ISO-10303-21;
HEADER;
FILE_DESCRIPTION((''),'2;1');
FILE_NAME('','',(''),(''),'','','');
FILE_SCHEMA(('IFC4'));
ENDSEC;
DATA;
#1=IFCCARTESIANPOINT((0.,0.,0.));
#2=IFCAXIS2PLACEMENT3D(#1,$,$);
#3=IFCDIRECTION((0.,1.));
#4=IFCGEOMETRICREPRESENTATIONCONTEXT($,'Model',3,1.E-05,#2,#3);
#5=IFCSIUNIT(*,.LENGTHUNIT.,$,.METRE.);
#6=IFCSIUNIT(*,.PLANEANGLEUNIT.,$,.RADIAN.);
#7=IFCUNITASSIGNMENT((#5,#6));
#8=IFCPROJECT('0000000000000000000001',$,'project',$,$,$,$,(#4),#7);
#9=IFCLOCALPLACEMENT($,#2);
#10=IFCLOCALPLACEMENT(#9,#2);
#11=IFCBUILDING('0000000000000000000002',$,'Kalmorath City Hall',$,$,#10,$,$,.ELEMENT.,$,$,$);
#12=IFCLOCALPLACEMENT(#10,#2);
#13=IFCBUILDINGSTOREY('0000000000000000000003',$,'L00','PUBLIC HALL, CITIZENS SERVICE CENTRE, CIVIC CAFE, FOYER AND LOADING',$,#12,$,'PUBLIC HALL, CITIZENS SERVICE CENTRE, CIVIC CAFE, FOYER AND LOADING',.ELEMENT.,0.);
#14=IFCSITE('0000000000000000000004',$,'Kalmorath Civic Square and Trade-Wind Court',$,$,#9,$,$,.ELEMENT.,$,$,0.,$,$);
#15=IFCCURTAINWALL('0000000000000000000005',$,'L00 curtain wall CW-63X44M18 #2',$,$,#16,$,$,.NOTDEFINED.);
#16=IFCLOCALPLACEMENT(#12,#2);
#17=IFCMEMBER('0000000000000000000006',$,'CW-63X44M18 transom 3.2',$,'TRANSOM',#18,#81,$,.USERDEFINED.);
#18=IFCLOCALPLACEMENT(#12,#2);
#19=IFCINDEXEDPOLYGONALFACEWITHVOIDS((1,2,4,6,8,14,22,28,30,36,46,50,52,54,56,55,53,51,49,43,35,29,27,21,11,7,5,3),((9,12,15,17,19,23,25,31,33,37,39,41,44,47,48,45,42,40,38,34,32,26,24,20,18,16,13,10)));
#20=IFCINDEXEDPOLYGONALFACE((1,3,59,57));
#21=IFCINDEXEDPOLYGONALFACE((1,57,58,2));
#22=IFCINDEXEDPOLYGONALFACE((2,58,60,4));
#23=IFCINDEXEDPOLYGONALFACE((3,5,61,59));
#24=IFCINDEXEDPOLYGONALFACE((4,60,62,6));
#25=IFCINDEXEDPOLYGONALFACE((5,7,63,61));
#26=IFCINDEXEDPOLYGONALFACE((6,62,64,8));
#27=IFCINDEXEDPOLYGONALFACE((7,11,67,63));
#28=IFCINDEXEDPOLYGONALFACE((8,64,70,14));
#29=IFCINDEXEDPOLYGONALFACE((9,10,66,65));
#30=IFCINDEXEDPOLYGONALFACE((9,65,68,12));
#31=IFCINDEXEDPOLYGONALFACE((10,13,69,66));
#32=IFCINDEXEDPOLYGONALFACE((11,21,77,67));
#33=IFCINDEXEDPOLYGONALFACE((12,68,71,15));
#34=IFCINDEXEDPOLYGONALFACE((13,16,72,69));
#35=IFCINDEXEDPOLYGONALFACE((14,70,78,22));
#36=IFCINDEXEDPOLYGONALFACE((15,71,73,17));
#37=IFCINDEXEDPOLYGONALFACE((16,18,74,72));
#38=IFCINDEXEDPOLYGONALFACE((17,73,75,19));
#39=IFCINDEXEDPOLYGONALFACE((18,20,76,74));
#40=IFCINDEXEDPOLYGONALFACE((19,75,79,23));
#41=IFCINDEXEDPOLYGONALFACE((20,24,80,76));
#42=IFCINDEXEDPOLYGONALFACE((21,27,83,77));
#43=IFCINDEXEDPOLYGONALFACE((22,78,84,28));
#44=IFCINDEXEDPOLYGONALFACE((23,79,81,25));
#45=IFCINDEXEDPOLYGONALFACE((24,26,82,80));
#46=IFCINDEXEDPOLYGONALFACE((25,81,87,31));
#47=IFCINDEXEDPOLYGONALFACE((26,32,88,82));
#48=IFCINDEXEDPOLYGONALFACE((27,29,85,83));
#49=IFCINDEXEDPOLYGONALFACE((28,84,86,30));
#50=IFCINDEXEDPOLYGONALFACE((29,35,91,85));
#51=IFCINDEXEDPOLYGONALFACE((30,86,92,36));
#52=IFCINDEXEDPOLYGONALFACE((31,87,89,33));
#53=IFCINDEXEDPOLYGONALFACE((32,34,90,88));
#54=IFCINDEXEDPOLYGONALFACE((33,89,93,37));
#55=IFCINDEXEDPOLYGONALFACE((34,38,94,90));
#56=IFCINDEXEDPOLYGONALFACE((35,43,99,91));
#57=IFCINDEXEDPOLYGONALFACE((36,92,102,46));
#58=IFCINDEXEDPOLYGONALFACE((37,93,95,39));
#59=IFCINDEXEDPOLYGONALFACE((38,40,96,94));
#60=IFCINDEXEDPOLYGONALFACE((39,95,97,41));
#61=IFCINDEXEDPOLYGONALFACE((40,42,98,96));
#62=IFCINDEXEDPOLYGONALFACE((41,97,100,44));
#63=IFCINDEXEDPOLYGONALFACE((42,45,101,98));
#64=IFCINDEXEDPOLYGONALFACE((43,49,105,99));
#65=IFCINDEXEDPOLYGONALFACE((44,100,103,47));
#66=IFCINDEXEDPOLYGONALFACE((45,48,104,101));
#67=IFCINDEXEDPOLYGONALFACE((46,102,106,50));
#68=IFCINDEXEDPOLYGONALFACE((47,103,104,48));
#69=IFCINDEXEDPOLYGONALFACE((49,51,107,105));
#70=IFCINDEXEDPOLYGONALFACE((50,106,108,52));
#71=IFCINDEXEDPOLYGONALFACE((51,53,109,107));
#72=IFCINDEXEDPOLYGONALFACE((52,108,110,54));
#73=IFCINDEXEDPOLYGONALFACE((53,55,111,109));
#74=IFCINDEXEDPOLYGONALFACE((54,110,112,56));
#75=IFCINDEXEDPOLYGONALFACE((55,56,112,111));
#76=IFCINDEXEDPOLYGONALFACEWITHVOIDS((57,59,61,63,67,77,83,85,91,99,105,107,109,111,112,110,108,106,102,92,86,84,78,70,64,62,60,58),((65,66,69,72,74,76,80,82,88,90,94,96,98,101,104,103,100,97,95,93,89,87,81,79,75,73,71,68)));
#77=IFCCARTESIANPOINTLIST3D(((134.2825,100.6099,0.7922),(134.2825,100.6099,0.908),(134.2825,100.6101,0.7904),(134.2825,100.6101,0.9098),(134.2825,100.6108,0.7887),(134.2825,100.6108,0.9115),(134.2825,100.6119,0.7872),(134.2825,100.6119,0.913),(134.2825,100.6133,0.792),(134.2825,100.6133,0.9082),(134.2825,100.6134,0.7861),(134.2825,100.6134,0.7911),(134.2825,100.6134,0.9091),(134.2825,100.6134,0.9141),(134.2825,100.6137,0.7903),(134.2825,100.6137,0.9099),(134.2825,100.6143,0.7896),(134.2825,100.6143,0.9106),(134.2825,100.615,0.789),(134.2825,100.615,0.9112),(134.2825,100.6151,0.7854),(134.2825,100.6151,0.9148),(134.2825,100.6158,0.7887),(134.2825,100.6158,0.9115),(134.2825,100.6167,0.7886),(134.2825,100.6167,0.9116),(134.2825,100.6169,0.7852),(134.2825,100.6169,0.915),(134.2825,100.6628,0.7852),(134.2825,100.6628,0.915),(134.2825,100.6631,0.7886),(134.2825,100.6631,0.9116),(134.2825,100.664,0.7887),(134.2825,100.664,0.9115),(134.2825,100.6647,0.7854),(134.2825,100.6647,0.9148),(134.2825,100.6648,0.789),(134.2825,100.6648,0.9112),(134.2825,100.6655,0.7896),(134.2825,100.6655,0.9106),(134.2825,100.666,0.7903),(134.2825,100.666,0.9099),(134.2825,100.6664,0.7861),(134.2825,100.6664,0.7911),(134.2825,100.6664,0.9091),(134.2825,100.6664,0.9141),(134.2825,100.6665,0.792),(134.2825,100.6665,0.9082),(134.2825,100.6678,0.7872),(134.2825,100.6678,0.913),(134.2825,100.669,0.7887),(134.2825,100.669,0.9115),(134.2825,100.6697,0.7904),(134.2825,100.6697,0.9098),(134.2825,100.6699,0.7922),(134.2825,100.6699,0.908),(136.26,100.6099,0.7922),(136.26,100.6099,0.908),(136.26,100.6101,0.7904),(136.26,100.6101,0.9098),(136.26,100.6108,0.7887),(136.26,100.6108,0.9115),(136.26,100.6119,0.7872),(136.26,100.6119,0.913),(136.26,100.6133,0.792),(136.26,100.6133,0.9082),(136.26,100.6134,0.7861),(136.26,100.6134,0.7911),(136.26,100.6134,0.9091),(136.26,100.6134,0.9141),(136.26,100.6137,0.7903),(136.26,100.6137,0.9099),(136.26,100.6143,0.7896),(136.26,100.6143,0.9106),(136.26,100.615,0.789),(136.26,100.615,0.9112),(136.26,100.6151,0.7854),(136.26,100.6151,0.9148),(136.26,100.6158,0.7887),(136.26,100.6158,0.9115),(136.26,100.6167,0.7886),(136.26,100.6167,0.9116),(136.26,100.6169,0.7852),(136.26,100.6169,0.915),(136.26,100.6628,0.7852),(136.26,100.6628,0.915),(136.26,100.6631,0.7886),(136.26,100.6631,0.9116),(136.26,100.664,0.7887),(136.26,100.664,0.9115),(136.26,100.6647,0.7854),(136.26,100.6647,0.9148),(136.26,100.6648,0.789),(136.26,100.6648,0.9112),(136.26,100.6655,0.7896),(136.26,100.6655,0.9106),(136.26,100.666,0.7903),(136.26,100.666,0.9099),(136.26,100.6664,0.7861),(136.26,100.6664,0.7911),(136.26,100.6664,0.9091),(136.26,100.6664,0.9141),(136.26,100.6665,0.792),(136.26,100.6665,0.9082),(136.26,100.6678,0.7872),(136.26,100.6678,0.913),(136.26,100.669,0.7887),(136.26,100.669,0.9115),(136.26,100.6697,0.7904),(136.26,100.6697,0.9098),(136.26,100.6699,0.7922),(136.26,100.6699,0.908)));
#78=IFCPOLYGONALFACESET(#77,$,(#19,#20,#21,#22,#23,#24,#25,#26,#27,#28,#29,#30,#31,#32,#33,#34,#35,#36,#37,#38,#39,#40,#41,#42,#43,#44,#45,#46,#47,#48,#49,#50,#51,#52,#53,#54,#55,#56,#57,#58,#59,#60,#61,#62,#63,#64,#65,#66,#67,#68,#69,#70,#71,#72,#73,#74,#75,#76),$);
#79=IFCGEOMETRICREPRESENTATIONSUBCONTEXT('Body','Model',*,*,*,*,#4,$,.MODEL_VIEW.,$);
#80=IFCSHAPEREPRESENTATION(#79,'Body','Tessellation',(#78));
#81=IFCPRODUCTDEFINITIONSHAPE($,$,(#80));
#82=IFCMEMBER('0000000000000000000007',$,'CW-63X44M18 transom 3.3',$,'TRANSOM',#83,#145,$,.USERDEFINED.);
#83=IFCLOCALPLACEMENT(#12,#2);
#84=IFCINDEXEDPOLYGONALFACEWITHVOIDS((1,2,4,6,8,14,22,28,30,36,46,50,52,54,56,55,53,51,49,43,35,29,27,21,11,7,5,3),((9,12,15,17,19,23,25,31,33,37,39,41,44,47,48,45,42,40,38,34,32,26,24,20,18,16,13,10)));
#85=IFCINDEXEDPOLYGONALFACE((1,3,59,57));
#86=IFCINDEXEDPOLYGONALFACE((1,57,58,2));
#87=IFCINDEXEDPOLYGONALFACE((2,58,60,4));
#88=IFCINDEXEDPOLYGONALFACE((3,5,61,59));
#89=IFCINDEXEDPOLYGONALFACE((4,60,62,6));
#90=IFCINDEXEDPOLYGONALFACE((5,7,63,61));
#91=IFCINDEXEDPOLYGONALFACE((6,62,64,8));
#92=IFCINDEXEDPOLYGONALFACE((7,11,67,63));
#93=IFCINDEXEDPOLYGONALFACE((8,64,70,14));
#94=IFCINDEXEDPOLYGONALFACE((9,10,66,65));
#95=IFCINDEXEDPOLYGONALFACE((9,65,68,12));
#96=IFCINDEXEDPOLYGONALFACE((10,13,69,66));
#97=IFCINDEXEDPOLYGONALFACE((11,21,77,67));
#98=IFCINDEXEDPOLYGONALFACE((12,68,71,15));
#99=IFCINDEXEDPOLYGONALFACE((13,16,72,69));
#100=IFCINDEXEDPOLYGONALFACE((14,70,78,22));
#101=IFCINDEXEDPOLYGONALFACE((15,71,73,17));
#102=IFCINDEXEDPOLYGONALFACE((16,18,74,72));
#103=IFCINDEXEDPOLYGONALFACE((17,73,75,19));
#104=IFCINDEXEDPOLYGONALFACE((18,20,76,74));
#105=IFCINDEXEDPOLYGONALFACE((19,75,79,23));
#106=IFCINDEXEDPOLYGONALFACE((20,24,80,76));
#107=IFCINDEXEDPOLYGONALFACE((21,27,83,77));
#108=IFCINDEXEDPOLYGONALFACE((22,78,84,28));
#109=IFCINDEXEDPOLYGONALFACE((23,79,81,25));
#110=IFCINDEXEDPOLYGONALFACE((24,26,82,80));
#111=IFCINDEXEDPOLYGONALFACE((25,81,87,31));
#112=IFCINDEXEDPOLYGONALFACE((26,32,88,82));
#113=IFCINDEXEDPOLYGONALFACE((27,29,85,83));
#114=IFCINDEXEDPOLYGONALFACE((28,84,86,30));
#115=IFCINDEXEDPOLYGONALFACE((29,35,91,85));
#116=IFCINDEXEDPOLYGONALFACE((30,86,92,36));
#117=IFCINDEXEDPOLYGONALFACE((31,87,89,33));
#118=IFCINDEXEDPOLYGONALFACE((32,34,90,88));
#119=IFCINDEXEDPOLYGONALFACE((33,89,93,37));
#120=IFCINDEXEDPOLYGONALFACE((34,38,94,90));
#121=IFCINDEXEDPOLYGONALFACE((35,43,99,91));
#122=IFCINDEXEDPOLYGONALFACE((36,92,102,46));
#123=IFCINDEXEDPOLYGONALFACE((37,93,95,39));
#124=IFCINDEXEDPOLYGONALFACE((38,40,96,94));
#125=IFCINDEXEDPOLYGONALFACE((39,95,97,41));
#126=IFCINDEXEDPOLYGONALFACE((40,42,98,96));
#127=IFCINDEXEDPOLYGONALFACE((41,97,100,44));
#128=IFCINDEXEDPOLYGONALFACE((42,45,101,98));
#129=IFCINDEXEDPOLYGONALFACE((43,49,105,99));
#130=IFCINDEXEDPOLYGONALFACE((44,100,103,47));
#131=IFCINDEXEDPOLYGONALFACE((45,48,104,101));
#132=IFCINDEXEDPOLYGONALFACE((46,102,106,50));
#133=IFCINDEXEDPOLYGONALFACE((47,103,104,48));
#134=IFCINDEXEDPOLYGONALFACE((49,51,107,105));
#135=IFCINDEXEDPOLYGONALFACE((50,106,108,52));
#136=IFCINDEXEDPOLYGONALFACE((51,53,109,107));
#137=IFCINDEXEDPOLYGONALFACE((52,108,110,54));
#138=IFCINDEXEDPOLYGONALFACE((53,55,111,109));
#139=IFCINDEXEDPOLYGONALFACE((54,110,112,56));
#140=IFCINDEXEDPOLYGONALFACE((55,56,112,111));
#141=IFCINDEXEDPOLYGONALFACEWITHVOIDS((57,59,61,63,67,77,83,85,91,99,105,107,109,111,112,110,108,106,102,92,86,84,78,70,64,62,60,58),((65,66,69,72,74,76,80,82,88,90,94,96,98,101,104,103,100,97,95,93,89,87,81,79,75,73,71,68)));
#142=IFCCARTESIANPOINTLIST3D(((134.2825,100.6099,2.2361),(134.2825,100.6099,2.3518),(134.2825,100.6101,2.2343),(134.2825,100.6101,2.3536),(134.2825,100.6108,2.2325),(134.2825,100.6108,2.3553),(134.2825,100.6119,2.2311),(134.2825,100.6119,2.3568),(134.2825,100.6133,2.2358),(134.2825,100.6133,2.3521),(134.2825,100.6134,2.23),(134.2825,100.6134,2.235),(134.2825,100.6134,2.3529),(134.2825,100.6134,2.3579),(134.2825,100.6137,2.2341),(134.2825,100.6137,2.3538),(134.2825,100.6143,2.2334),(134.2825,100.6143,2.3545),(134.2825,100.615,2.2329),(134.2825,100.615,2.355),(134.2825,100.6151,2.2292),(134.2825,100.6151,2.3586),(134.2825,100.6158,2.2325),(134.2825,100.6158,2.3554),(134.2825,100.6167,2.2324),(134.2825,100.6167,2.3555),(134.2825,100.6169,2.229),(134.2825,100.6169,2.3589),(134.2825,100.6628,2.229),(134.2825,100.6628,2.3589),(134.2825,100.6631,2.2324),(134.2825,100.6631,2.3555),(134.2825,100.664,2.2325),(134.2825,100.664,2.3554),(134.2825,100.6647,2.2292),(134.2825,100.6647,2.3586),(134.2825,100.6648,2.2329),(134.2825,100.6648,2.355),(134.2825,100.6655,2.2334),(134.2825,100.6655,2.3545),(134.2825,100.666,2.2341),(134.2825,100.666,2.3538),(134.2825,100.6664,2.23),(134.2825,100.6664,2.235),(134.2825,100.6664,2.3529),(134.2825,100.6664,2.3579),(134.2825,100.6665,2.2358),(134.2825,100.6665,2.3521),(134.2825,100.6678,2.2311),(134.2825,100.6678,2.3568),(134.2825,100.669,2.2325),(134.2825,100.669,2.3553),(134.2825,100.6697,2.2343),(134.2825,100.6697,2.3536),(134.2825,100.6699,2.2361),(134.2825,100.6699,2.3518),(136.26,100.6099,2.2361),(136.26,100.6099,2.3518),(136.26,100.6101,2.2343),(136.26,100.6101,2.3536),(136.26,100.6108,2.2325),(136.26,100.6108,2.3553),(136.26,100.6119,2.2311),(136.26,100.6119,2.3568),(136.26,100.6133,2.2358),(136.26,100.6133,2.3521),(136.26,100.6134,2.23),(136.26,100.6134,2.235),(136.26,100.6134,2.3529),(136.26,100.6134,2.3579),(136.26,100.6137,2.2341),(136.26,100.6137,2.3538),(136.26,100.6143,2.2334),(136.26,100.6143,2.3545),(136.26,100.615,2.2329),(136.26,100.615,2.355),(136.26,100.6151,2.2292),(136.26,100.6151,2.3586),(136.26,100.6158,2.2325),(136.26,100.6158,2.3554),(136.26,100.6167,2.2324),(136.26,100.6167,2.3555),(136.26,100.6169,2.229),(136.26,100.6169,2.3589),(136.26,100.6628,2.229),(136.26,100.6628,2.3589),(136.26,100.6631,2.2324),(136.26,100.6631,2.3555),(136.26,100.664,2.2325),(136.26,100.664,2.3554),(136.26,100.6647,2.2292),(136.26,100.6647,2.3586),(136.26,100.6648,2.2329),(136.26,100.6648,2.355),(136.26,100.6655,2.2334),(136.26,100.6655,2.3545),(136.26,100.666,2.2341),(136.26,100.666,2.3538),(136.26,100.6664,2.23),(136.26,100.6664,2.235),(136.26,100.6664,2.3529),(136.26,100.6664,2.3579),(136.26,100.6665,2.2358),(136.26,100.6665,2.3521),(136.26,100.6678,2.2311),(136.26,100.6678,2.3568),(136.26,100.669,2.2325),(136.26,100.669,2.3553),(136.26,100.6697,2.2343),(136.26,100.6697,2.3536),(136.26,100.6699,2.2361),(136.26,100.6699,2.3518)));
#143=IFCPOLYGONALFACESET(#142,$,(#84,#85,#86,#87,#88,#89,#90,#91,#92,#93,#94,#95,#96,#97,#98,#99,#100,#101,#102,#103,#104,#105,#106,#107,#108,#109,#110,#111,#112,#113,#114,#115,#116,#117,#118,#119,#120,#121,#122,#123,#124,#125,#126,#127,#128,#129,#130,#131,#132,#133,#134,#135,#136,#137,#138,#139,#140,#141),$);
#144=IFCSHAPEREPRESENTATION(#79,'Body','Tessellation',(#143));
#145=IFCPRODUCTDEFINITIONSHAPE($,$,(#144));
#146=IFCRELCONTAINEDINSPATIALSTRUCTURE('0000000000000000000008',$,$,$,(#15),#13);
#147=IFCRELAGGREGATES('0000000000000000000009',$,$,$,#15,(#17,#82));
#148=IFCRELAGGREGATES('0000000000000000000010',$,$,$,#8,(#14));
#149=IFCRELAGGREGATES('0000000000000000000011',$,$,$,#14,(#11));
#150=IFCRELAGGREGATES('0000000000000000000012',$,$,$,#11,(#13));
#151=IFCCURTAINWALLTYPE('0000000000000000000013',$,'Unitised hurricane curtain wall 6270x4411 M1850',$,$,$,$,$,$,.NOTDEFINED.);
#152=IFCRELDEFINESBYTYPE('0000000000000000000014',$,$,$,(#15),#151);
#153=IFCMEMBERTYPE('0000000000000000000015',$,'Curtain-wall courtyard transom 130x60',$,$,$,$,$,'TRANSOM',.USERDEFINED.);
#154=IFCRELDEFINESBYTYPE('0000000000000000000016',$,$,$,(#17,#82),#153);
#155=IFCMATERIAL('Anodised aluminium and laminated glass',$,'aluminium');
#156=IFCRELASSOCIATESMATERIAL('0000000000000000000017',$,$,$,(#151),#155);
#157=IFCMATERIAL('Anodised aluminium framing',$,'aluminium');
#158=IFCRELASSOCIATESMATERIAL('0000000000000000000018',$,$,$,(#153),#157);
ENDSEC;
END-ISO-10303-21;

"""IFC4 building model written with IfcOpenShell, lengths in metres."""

from ifc_helpers import new_model, si_unit, direction, frame, origin, origin_2d, place, context, subcontext, project, spatial, hollow_rectangle, extrude, material, material_profile, profile_set, type_object, element, aggregate, save


model = new_model("IFC4")

# Units and contexts
model_context = context("Model", 3, precision=1e-05, world=origin(), true_north=direction((0.0, 1.0)))
body_context = subcontext(model_context, "Body", "Model", "MODEL_VIEW")
ifc_project = project(units=[si_unit("LENGTHUNIT", "METRE"), si_unit("PLANEANGLEUNIT", "RADIAN")], contexts=[model_context])

# Site, building, storey
site_placement = place(None, origin())
site = spatial("IfcSite", under=ifc_project, at=site_placement, Name="Kalmorath Civic Square and Trade-Wind Court", CompositionType="ELEMENT", RefElevation=0.0)
building_placement = place(site_placement, origin())
building = spatial("IfcBuilding", under=site, at=building_placement, Name="Kalmorath City Hall", CompositionType="ELEMENT")
storey_placement = place(building_placement, origin())
storey = spatial("IfcBuildingStorey", under=building, at=storey_placement, Name="L00", Description="PUBLIC HALL, CITIZENS SERVICE CENTRE, CIVIC CAFE, FOYER AND LOADING", LongName="PUBLIC HALL, CITIZENS SERVICE CENTRE, CIVIC CAFE, FOYER AND LOADING", CompositionType="ELEMENT", Elevation=0.0)

# Curtain wall, members
ifc_material_1 = material(Name="Anodised aluminium and laminated glass", Category="aluminium")
curtain_wall_type = type_object("IfcCurtainWallType", Name="Unitised hurricane curtain wall 6270x4411 M1850", PredefinedType="NOTDEFINED", material=ifc_material_1)
curtain_wall_1_placement = place(storey_placement, origin())
curtain_wall_1 = element("IfcCurtainWall", 1, at=curtain_wall_1_placement, inside=storey, type_object=curtain_wall_type, Name="L00 curtain wall CW-63X44M18 #2", PredefinedType="NOTDEFINED")
ifc_material_2 = material(Name="Anodised aluminium framing", Category="aluminium")
ifc_material_profile_1 = material_profile(ifc_material_2, hollow_rectangle(XDim=0.0601, YDim=0.1299, WallThickness=0.0034, InnerFilletRadius=0.0034, OuterFilletRadius=0.0071, at=origin_2d()), Name="ALU-TRN-130X60X3.5")
ifc_profile_set_1 = profile_set([ifc_material_profile_1], Name="Anodised aluminium framing")
member_type_1 = type_object("IfcMemberType", Name="Curtain-wall courtyard transom 130x60", ElementType="TRANSOM", PredefinedType="USERDEFINED", material=ifc_profile_set_1)
member_1_placement = place(storey_placement, frame((134.2825, 100.6399, 0.8501), z_axis=(1.0, 0.0, 0.0), x_axis=(0.0, 1.0, 0.0)))
member_1 = element("IfcMember", 2, at=member_1_placement, type_object=member_type_1, Name="CW-63X44M18 transom 3.2", ObjectType="TRANSOM", PredefinedType="USERDEFINED", context=body_context, shape_type="SweptSolid", body=[
    extrude(hollow_rectangle(XDim=0.0601, YDim=0.1299, WallThickness=0.0034, InnerFilletRadius=0.0034, OuterFilletRadius=0.0071, at=origin_2d()), origin(), (0.0, 0.0, 1.0), 1.9775),
])
member_2_placement = place(storey_placement, frame((134.2825, 100.6399, 2.2939), z_axis=(1.0, 0.0, 0.0), x_axis=(0.0, 1.0, 0.0)))
member_2 = element("IfcMember", 3, at=member_2_placement, type_object=member_type_1, Name="CW-63X44M18 transom 3.3", ObjectType="TRANSOM", PredefinedType="USERDEFINED", context=body_context, shape_type="SweptSolid", body=[
    extrude(hollow_rectangle(XDim=0.0601, YDim=0.1299, WallThickness=0.0034, InnerFilletRadius=0.0034, OuterFilletRadius=0.0071, at=origin_2d()), origin(), (0.0, 0.0, 1.0), 1.9775),
])

aggregate(curtain_wall_1, [member_1, member_2])

save(model, "model.ifc")
